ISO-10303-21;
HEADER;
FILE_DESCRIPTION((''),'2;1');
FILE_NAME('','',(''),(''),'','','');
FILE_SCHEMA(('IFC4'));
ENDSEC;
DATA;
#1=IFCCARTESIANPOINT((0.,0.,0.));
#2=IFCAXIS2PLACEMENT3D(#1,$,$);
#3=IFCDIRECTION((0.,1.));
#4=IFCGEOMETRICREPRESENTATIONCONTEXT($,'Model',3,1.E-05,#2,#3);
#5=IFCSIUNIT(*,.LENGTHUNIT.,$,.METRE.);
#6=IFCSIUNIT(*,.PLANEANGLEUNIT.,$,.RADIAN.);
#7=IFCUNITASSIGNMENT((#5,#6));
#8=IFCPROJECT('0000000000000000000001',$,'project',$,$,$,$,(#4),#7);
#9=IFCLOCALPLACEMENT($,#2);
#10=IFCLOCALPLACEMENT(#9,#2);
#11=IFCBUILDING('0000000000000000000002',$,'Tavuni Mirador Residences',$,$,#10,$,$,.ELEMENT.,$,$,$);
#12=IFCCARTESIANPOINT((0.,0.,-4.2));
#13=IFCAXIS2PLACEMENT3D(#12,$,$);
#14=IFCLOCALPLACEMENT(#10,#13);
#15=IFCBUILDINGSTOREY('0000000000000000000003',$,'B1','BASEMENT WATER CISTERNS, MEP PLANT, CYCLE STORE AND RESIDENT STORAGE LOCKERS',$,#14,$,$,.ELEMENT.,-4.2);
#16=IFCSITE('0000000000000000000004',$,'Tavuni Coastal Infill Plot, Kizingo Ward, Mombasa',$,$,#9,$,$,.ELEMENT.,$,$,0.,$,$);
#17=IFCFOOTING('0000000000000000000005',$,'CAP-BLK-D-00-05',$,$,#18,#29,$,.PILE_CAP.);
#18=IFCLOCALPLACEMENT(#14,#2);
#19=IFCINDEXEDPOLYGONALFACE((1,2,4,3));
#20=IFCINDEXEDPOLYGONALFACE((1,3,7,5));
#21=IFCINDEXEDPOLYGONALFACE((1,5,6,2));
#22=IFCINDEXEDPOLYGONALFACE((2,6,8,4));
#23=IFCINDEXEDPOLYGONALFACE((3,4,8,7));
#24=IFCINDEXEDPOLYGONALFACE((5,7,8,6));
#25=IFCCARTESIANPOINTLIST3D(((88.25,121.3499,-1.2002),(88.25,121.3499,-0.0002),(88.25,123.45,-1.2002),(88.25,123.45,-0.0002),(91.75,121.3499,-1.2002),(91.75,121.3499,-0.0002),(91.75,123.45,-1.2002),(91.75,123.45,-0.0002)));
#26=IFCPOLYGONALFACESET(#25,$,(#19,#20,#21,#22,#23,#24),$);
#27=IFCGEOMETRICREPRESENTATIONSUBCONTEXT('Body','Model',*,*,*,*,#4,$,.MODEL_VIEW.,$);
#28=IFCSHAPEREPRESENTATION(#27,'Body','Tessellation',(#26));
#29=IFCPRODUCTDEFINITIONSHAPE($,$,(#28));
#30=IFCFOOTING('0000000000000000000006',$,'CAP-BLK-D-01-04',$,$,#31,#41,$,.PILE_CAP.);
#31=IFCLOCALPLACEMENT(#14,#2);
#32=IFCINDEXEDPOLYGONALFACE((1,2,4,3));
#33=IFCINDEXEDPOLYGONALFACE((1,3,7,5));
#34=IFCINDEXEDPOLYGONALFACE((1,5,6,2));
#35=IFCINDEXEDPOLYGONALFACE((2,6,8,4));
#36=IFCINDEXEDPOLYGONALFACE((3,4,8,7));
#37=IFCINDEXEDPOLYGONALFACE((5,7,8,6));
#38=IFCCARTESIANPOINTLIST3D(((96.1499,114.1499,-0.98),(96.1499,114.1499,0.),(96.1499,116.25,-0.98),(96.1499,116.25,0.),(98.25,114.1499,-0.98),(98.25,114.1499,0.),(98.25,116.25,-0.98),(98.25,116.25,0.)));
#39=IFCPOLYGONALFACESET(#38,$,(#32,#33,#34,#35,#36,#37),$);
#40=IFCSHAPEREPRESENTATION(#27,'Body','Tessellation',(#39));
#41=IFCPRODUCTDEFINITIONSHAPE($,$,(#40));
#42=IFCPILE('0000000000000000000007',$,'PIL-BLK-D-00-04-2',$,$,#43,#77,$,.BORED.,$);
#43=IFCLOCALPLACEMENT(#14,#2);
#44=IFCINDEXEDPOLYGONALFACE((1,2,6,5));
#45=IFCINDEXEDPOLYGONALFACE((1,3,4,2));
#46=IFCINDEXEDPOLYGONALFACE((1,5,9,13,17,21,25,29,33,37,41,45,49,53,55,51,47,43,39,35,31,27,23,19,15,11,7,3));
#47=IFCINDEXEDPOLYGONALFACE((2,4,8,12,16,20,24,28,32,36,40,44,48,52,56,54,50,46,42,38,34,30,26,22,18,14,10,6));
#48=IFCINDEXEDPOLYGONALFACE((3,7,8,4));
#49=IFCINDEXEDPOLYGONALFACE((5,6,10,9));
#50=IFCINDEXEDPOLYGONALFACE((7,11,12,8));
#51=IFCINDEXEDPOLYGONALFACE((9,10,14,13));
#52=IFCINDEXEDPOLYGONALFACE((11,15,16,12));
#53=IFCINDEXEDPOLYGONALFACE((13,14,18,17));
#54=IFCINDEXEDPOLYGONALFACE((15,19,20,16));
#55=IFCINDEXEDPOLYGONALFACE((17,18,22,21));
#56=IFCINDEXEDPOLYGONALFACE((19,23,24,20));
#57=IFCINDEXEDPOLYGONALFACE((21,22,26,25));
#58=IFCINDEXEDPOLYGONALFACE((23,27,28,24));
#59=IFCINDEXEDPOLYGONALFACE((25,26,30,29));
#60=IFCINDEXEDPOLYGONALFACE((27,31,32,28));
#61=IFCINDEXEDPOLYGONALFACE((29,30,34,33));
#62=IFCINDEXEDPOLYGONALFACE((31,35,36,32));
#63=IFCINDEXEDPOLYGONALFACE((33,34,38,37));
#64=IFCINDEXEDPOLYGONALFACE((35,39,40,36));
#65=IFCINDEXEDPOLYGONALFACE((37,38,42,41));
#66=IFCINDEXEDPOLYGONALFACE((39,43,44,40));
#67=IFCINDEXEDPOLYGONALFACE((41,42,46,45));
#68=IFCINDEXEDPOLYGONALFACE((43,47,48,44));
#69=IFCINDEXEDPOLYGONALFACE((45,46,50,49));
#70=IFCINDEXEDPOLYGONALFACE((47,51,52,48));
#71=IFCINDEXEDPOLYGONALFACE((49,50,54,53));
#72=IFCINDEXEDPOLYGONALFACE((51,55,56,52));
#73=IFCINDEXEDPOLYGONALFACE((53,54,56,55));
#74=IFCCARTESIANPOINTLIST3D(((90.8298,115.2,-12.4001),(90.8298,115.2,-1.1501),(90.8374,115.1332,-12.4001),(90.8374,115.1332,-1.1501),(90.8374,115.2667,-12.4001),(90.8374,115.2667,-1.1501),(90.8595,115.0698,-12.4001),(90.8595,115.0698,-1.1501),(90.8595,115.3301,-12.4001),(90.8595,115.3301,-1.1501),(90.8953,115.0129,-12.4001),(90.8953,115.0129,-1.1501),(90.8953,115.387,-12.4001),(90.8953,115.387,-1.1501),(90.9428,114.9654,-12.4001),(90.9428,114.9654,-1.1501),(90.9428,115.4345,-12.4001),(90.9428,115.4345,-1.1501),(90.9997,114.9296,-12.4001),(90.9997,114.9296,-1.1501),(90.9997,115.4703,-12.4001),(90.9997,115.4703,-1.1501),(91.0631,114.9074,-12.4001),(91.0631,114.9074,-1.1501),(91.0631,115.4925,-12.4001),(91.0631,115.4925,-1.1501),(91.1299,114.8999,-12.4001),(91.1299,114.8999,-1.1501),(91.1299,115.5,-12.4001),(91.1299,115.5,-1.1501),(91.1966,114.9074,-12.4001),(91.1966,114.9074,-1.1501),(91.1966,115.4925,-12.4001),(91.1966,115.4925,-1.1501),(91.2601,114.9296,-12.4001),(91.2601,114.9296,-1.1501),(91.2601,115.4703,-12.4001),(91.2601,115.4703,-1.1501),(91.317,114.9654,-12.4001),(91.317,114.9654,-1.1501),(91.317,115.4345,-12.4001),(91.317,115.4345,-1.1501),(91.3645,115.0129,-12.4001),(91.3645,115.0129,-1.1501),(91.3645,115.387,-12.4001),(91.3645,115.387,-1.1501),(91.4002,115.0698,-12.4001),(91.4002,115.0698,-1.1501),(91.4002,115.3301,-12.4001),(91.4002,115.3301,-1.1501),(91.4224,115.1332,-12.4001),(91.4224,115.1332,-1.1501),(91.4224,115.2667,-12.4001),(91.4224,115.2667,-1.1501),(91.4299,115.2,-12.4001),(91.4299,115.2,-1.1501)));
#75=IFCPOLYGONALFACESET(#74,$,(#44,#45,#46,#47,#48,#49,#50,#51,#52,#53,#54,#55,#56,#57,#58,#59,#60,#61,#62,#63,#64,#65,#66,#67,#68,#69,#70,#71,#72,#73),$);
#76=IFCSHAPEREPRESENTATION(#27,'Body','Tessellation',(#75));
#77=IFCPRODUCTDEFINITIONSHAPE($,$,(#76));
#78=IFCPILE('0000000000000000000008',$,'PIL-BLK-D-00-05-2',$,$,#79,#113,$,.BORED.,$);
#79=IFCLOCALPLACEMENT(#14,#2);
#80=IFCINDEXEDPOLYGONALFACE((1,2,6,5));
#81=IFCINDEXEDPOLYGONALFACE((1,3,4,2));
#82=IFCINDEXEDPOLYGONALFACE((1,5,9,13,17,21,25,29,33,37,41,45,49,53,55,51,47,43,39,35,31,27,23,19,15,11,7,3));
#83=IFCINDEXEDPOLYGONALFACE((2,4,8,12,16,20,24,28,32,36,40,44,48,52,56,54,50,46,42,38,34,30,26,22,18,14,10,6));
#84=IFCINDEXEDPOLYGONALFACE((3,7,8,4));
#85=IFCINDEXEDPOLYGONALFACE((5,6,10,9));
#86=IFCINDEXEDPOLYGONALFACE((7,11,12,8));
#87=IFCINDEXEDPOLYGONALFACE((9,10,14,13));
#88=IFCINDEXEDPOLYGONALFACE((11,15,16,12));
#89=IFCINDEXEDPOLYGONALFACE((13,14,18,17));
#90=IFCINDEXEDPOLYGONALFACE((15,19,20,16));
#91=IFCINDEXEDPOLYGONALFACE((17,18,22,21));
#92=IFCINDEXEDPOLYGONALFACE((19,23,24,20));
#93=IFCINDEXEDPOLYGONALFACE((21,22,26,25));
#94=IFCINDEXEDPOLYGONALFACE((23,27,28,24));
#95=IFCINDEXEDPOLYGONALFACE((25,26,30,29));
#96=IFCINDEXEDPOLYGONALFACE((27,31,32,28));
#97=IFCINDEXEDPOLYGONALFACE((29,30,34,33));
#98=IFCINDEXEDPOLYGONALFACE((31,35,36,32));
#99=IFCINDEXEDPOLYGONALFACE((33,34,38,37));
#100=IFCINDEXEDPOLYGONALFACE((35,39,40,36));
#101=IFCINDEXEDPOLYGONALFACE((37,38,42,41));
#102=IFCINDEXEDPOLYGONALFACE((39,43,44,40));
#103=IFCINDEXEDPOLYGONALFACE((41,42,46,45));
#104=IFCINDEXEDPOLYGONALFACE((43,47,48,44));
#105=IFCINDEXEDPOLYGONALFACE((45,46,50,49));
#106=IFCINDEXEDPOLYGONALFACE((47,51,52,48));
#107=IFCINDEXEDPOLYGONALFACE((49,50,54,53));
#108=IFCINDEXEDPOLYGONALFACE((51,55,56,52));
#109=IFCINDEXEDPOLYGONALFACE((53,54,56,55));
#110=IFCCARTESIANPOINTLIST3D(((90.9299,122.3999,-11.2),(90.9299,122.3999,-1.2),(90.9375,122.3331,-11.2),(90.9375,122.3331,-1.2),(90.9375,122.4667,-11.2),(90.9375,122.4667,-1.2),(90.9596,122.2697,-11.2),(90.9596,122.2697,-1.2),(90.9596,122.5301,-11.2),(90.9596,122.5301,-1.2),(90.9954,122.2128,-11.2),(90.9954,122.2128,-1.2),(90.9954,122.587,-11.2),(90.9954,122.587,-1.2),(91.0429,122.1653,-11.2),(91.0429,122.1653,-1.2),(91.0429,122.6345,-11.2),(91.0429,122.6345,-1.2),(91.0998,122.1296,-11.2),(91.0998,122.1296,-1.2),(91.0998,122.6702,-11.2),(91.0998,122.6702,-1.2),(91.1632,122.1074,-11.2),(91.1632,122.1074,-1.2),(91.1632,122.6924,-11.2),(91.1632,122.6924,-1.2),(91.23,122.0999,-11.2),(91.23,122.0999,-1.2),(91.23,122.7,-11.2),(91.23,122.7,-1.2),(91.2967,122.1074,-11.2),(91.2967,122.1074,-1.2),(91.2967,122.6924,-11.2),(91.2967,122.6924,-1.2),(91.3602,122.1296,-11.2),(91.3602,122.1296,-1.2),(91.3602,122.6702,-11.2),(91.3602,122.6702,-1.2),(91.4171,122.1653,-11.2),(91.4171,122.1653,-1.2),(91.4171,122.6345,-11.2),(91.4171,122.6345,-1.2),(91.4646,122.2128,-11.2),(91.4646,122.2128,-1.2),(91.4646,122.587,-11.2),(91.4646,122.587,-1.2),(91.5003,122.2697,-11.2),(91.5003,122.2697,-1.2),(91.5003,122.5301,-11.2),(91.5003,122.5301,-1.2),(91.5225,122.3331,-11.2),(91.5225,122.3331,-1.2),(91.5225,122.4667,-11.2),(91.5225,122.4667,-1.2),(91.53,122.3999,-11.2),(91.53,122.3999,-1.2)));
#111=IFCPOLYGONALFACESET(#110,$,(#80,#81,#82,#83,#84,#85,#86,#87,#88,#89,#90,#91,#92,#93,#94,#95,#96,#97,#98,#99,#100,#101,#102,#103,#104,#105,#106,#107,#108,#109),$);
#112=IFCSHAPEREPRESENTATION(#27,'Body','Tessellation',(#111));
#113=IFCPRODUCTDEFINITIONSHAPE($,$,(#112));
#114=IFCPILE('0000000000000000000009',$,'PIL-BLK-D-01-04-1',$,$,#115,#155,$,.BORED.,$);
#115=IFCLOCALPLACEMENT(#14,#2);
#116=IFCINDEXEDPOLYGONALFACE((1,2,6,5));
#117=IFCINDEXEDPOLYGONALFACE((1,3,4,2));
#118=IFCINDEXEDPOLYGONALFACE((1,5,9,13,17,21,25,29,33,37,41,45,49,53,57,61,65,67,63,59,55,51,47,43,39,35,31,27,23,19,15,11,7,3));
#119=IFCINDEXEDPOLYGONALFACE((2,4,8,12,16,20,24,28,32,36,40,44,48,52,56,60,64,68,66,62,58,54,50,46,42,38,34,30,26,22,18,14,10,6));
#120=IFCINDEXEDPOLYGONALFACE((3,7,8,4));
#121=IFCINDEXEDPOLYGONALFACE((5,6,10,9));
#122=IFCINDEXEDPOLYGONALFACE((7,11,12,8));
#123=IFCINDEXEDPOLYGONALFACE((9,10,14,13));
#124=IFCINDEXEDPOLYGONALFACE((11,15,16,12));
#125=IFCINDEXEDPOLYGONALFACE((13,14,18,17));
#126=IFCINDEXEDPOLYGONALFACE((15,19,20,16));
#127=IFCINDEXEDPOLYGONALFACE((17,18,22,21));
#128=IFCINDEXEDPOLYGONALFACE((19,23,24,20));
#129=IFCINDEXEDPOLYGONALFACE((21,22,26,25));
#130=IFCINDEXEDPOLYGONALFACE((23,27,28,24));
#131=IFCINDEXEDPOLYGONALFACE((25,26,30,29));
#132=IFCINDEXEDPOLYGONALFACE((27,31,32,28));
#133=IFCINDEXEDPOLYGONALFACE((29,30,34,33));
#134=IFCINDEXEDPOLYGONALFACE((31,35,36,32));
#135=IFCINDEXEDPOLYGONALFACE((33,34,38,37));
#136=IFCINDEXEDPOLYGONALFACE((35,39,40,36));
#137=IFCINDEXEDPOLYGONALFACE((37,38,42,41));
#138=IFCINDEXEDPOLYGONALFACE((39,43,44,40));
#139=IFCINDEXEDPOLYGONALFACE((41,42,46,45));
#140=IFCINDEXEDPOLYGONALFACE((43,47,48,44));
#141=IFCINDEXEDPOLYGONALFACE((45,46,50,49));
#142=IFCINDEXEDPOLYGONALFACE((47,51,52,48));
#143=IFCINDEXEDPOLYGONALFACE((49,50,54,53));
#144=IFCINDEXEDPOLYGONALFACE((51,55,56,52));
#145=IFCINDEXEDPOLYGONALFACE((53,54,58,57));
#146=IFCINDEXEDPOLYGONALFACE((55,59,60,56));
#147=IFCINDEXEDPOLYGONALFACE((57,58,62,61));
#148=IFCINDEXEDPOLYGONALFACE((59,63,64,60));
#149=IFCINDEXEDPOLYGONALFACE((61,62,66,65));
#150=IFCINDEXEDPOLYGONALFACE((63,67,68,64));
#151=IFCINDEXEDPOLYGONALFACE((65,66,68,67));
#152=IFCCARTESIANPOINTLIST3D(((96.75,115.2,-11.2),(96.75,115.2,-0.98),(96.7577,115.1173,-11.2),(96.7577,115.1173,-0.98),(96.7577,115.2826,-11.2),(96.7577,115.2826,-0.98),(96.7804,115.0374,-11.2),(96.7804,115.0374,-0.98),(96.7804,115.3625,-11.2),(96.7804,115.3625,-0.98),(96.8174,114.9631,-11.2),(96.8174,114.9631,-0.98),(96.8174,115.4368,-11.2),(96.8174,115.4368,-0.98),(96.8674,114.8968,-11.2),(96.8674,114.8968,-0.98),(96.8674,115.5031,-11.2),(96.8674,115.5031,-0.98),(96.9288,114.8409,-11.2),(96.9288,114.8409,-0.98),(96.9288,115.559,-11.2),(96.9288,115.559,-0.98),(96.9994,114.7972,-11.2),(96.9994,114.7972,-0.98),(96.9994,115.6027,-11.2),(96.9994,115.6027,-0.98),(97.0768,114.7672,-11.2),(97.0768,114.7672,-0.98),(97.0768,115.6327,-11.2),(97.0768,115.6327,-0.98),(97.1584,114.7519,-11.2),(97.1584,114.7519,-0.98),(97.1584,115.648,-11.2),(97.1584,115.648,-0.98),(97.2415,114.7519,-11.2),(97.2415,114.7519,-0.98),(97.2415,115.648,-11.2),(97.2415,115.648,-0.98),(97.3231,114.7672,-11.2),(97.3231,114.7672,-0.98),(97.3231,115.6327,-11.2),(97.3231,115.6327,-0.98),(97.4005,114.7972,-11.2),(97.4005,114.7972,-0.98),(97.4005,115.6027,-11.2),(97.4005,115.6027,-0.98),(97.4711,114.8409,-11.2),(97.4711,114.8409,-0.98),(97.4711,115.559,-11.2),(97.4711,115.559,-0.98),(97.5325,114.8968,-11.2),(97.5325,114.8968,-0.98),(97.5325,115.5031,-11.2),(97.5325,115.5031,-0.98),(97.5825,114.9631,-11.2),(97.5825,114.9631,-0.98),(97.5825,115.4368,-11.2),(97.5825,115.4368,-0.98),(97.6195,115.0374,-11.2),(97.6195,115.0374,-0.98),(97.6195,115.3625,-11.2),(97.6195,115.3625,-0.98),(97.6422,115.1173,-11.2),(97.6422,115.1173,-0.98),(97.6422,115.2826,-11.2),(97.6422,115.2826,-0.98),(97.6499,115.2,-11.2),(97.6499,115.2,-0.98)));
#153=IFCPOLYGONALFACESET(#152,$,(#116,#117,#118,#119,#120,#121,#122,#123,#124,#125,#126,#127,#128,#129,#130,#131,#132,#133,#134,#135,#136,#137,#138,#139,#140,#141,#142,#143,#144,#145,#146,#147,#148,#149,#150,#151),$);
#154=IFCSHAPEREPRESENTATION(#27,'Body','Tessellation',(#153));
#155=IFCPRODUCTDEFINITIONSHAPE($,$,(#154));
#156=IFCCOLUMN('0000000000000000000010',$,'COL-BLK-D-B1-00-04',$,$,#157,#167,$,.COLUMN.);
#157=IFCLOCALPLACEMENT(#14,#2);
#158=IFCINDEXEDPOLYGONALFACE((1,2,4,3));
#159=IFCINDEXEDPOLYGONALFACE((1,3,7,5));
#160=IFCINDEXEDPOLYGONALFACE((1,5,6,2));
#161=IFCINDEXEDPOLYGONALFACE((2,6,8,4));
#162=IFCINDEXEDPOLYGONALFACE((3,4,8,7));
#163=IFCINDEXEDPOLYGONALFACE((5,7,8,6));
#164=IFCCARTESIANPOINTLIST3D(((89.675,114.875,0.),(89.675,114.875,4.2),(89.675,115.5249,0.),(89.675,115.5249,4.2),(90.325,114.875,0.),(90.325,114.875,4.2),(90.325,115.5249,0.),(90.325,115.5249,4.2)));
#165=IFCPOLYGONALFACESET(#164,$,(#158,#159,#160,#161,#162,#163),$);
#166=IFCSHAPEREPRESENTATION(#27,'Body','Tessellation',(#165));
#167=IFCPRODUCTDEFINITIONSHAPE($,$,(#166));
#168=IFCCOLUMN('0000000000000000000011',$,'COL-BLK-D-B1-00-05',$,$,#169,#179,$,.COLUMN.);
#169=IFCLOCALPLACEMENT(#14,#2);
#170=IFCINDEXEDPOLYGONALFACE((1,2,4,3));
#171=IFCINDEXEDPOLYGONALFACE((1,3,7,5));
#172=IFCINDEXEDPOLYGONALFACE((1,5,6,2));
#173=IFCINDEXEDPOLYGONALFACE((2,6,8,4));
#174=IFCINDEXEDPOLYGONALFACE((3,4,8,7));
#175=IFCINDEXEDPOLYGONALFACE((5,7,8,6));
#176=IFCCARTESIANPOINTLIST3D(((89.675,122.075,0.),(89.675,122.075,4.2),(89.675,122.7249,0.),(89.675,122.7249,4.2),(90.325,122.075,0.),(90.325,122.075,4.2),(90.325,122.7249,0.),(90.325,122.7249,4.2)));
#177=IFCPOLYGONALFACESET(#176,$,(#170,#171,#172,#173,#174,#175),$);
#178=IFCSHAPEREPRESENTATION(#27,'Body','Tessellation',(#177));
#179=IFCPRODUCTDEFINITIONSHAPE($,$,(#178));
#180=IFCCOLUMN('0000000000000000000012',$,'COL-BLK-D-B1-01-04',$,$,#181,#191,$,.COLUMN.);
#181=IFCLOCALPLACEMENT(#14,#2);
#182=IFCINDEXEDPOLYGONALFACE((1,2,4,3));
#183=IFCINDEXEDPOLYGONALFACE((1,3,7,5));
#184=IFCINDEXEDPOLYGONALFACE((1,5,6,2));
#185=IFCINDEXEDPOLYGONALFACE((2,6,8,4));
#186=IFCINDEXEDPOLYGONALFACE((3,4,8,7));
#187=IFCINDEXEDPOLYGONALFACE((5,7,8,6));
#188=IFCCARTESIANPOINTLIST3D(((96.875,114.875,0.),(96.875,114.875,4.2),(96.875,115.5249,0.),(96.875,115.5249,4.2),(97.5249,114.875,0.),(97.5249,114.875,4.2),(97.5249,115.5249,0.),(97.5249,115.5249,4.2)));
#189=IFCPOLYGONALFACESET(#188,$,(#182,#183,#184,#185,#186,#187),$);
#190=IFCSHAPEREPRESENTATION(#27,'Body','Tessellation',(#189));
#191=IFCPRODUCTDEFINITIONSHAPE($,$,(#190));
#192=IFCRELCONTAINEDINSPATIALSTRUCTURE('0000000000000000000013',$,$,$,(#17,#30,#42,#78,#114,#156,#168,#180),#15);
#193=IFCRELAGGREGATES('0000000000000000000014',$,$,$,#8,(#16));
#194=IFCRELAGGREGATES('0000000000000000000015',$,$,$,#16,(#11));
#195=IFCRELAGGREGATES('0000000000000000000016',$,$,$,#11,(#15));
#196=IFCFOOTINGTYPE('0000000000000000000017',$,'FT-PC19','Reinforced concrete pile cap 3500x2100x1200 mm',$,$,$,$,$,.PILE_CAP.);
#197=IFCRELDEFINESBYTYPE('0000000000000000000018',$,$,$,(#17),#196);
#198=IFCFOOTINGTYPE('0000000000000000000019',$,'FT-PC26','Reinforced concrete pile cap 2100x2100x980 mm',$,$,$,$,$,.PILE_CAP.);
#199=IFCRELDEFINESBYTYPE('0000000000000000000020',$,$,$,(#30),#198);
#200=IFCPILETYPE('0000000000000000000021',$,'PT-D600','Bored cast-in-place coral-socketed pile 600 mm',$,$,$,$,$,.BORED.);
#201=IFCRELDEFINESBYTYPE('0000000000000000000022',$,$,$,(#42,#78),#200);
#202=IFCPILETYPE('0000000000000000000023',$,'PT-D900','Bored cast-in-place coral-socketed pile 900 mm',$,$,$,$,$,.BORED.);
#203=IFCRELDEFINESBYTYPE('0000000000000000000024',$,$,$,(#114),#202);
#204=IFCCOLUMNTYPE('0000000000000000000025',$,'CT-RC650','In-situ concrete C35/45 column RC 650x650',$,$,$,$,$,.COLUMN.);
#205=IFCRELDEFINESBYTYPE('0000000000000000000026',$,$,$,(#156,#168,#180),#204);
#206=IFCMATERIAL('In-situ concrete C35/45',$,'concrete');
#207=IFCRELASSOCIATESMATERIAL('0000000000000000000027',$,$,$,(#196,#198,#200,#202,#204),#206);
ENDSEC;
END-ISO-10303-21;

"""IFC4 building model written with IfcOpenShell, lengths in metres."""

from ifc_helpers import new_model, si_unit, direction, frame, origin, origin_2d, place, context, subcontext, project, spatial, rectangle, circle, extrude, material, material_profile, profile_set, type_object, element, save


model = new_model("IFC4")

# Units and contexts
model_context = context("Model", 3, precision=1e-05, world=origin(), true_north=direction((0.0, 1.0)))
body_context = subcontext(model_context, "Body", "Model", "MODEL_VIEW")
ifc_project = project(units=[si_unit("LENGTHUNIT", "METRE"), si_unit("PLANEANGLEUNIT", "RADIAN")], contexts=[model_context])

# Site, building, storey
site_placement = place(None, origin())
site = spatial("IfcSite", under=ifc_project, at=site_placement, Name="Tavuni Coastal Infill Plot, Kizingo Ward, Mombasa", CompositionType="ELEMENT", RefElevation=0.0)
building_placement = place(site_placement, origin())
building = spatial("IfcBuilding", under=site, at=building_placement, Name="Tavuni Mirador Residences", CompositionType="ELEMENT")
storey_placement = place(building_placement, frame((0.0, 0.0, -4.2)))
storey = spatial("IfcBuildingStorey", under=building, at=storey_placement, Name="B1", Description="BASEMENT WATER CISTERNS, MEP PLANT, CYCLE STORE AND RESIDENT STORAGE LOCKERS", CompositionType="ELEMENT", Elevation=-4.2)

# Footings
ifc_material_1 = material(Name="In-situ concrete C35/45", Category="concrete")
footing_type_1 = type_object("IfcFootingType", Name="FT-PC19", Description="Reinforced concrete pile cap 3500x2100x1200 mm", PredefinedType="PILE_CAP", material=ifc_material_1)
footing_1_placement = place(storey_placement, frame((90.0, 122.3999, -1.2002), z_axis=(0.0, 0.0, 1.0), x_axis=(1.0, 0.0, 0.0)))
element("IfcFooting", 1, at=footing_1_placement, inside=storey, type_object=footing_type_1, Name="CAP-BLK-D-00-05", PredefinedType="PILE_CAP", context=body_context, shape_type="SweptSolid", body=[
    extrude(rectangle(XDim=3.5, YDim=2.1001, at=origin_2d()), origin(), (0.0, 0.0, 1.0), 1.2),
])
footing_type_2 = type_object("IfcFootingType", Name="FT-PC26", Description="Reinforced concrete pile cap 2100x2100x980 mm", PredefinedType="PILE_CAP", material=ifc_material_1)
footing_2_placement = place(storey_placement, frame((97.2, 115.2, -0.98), z_axis=(0.0, 0.0, 1.0), x_axis=(1.0, 0.0, 0.0)))
element("IfcFooting", 2, at=footing_2_placement, inside=storey, type_object=footing_type_2, Name="CAP-BLK-D-01-04", PredefinedType="PILE_CAP", context=body_context, shape_type="SweptSolid", body=[
    extrude(rectangle(XDim=2.1001, YDim=2.1001, at=origin_2d()), origin(), (0.0, 0.0, 1.0), 0.98),
])

# Piles
ifc_material_profile_1 = material_profile(ifc_material_1, circle(Radius=0.3, at=origin_2d()), Name="PILE D600", Category="concrete")
ifc_profile_set_1 = profile_set([ifc_material_profile_1], Name="In-situ concrete C35/45")
pile_type_1 = type_object("IfcPileType", Name="PT-D600", Description="Bored cast-in-place coral-socketed pile 600 mm", PredefinedType="BORED", material=ifc_profile_set_1)
pile_1_placement = place(storey_placement, frame((91.1299, 115.2, -1.1501), z_axis=(0.0, 0.0, -1.0), x_axis=(1.0, 0.0, 0.0)))
element("IfcPile", 3, at=pile_1_placement, inside=storey, type_object=pile_type_1, Name="PIL-BLK-D-00-04-2", PredefinedType="BORED", context=body_context, shape_type="SweptSolid", body=[
    extrude(circle(Radius=0.3, at=origin_2d()), origin(), (0.0, 0.0, 1.0), 11.25),
])
pile_2_placement = place(storey_placement, frame((91.23, 122.3999, -1.2), z_axis=(0.0, 0.0, -1.0), x_axis=(1.0, 0.0, 0.0)))
element("IfcPile", 4, at=pile_2_placement, inside=storey, type_object=pile_type_1, Name="PIL-BLK-D-00-05-2", PredefinedType="BORED", context=body_context, shape_type="SweptSolid", body=[
    extrude(circle(Radius=0.3, at=origin_2d()), origin(), (0.0, 0.0, 1.0), 10.0),
])
ifc_material_profile_2 = material_profile(ifc_material_1, circle(Radius=0.45, at=origin_2d()), Name="PILE D900", Category="concrete")
ifc_profile_set_2 = profile_set([ifc_material_profile_2], Name="In-situ concrete C35/45")
pile_type_2 = type_object("IfcPileType", Name="PT-D900", Description="Bored cast-in-place coral-socketed pile 900 mm", PredefinedType="BORED", material=ifc_profile_set_2)
pile_3_placement = place(storey_placement, frame((97.2, 115.2, -0.98), z_axis=(0.0, 0.0, -1.0), x_axis=(1.0, 0.0, 0.0)))
element("IfcPile", 5, at=pile_3_placement, inside=storey, type_object=pile_type_2, Name="PIL-BLK-D-01-04-1", PredefinedType="BORED", context=body_context, shape_type="SweptSolid", body=[
    extrude(circle(Radius=0.45, at=origin_2d()), origin(), (0.0, 0.0, 1.0), 10.22),
])

# Columns
ifc_material_profile_3 = material_profile(ifc_material_1, rectangle(XDim=0.6499, YDim=0.6499, at=origin_2d()), Name="RC 650x650", Category="concrete")
ifc_profile_set_3 = profile_set([ifc_material_profile_3], Name="In-situ concrete C35/45")
column_type = type_object("IfcColumnType", Name="CT-RC650", Description="In-situ concrete C35/45 column RC 650x650", PredefinedType="COLUMN", material=ifc_profile_set_3)
for number, where, z_axis, x_axis, name in (
    (6, (90.0, 115.2, 0.0), (0.0, 0.0, 1.0), (1.0, 0.0, 0.0), "COL-BLK-D-B1-00-04"),
    (7, (90.0, 122.3999, 0.0), (0.0, 0.0, 1.0), (1.0, 0.0, 0.0), "COL-BLK-D-B1-00-05"),
    (8, (97.2, 115.2, 0.0), (0.0, 0.0, 1.0), (1.0, 0.0, 0.0), "COL-BLK-D-B1-01-04"),
):
    element("IfcColumn", number, at=place(storey_placement, frame(where, z_axis=z_axis, x_axis=x_axis)), inside=storey, type_object=column_type, Name=name, PredefinedType="COLUMN", context=body_context, shape_type="SweptSolid", body=[
        extrude(rectangle(XDim=0.6499, YDim=0.6499, at=origin_2d()), origin(), (0.0, 0.0, 1.0), 4.2),
    ])

save(model, "model.ifc")
